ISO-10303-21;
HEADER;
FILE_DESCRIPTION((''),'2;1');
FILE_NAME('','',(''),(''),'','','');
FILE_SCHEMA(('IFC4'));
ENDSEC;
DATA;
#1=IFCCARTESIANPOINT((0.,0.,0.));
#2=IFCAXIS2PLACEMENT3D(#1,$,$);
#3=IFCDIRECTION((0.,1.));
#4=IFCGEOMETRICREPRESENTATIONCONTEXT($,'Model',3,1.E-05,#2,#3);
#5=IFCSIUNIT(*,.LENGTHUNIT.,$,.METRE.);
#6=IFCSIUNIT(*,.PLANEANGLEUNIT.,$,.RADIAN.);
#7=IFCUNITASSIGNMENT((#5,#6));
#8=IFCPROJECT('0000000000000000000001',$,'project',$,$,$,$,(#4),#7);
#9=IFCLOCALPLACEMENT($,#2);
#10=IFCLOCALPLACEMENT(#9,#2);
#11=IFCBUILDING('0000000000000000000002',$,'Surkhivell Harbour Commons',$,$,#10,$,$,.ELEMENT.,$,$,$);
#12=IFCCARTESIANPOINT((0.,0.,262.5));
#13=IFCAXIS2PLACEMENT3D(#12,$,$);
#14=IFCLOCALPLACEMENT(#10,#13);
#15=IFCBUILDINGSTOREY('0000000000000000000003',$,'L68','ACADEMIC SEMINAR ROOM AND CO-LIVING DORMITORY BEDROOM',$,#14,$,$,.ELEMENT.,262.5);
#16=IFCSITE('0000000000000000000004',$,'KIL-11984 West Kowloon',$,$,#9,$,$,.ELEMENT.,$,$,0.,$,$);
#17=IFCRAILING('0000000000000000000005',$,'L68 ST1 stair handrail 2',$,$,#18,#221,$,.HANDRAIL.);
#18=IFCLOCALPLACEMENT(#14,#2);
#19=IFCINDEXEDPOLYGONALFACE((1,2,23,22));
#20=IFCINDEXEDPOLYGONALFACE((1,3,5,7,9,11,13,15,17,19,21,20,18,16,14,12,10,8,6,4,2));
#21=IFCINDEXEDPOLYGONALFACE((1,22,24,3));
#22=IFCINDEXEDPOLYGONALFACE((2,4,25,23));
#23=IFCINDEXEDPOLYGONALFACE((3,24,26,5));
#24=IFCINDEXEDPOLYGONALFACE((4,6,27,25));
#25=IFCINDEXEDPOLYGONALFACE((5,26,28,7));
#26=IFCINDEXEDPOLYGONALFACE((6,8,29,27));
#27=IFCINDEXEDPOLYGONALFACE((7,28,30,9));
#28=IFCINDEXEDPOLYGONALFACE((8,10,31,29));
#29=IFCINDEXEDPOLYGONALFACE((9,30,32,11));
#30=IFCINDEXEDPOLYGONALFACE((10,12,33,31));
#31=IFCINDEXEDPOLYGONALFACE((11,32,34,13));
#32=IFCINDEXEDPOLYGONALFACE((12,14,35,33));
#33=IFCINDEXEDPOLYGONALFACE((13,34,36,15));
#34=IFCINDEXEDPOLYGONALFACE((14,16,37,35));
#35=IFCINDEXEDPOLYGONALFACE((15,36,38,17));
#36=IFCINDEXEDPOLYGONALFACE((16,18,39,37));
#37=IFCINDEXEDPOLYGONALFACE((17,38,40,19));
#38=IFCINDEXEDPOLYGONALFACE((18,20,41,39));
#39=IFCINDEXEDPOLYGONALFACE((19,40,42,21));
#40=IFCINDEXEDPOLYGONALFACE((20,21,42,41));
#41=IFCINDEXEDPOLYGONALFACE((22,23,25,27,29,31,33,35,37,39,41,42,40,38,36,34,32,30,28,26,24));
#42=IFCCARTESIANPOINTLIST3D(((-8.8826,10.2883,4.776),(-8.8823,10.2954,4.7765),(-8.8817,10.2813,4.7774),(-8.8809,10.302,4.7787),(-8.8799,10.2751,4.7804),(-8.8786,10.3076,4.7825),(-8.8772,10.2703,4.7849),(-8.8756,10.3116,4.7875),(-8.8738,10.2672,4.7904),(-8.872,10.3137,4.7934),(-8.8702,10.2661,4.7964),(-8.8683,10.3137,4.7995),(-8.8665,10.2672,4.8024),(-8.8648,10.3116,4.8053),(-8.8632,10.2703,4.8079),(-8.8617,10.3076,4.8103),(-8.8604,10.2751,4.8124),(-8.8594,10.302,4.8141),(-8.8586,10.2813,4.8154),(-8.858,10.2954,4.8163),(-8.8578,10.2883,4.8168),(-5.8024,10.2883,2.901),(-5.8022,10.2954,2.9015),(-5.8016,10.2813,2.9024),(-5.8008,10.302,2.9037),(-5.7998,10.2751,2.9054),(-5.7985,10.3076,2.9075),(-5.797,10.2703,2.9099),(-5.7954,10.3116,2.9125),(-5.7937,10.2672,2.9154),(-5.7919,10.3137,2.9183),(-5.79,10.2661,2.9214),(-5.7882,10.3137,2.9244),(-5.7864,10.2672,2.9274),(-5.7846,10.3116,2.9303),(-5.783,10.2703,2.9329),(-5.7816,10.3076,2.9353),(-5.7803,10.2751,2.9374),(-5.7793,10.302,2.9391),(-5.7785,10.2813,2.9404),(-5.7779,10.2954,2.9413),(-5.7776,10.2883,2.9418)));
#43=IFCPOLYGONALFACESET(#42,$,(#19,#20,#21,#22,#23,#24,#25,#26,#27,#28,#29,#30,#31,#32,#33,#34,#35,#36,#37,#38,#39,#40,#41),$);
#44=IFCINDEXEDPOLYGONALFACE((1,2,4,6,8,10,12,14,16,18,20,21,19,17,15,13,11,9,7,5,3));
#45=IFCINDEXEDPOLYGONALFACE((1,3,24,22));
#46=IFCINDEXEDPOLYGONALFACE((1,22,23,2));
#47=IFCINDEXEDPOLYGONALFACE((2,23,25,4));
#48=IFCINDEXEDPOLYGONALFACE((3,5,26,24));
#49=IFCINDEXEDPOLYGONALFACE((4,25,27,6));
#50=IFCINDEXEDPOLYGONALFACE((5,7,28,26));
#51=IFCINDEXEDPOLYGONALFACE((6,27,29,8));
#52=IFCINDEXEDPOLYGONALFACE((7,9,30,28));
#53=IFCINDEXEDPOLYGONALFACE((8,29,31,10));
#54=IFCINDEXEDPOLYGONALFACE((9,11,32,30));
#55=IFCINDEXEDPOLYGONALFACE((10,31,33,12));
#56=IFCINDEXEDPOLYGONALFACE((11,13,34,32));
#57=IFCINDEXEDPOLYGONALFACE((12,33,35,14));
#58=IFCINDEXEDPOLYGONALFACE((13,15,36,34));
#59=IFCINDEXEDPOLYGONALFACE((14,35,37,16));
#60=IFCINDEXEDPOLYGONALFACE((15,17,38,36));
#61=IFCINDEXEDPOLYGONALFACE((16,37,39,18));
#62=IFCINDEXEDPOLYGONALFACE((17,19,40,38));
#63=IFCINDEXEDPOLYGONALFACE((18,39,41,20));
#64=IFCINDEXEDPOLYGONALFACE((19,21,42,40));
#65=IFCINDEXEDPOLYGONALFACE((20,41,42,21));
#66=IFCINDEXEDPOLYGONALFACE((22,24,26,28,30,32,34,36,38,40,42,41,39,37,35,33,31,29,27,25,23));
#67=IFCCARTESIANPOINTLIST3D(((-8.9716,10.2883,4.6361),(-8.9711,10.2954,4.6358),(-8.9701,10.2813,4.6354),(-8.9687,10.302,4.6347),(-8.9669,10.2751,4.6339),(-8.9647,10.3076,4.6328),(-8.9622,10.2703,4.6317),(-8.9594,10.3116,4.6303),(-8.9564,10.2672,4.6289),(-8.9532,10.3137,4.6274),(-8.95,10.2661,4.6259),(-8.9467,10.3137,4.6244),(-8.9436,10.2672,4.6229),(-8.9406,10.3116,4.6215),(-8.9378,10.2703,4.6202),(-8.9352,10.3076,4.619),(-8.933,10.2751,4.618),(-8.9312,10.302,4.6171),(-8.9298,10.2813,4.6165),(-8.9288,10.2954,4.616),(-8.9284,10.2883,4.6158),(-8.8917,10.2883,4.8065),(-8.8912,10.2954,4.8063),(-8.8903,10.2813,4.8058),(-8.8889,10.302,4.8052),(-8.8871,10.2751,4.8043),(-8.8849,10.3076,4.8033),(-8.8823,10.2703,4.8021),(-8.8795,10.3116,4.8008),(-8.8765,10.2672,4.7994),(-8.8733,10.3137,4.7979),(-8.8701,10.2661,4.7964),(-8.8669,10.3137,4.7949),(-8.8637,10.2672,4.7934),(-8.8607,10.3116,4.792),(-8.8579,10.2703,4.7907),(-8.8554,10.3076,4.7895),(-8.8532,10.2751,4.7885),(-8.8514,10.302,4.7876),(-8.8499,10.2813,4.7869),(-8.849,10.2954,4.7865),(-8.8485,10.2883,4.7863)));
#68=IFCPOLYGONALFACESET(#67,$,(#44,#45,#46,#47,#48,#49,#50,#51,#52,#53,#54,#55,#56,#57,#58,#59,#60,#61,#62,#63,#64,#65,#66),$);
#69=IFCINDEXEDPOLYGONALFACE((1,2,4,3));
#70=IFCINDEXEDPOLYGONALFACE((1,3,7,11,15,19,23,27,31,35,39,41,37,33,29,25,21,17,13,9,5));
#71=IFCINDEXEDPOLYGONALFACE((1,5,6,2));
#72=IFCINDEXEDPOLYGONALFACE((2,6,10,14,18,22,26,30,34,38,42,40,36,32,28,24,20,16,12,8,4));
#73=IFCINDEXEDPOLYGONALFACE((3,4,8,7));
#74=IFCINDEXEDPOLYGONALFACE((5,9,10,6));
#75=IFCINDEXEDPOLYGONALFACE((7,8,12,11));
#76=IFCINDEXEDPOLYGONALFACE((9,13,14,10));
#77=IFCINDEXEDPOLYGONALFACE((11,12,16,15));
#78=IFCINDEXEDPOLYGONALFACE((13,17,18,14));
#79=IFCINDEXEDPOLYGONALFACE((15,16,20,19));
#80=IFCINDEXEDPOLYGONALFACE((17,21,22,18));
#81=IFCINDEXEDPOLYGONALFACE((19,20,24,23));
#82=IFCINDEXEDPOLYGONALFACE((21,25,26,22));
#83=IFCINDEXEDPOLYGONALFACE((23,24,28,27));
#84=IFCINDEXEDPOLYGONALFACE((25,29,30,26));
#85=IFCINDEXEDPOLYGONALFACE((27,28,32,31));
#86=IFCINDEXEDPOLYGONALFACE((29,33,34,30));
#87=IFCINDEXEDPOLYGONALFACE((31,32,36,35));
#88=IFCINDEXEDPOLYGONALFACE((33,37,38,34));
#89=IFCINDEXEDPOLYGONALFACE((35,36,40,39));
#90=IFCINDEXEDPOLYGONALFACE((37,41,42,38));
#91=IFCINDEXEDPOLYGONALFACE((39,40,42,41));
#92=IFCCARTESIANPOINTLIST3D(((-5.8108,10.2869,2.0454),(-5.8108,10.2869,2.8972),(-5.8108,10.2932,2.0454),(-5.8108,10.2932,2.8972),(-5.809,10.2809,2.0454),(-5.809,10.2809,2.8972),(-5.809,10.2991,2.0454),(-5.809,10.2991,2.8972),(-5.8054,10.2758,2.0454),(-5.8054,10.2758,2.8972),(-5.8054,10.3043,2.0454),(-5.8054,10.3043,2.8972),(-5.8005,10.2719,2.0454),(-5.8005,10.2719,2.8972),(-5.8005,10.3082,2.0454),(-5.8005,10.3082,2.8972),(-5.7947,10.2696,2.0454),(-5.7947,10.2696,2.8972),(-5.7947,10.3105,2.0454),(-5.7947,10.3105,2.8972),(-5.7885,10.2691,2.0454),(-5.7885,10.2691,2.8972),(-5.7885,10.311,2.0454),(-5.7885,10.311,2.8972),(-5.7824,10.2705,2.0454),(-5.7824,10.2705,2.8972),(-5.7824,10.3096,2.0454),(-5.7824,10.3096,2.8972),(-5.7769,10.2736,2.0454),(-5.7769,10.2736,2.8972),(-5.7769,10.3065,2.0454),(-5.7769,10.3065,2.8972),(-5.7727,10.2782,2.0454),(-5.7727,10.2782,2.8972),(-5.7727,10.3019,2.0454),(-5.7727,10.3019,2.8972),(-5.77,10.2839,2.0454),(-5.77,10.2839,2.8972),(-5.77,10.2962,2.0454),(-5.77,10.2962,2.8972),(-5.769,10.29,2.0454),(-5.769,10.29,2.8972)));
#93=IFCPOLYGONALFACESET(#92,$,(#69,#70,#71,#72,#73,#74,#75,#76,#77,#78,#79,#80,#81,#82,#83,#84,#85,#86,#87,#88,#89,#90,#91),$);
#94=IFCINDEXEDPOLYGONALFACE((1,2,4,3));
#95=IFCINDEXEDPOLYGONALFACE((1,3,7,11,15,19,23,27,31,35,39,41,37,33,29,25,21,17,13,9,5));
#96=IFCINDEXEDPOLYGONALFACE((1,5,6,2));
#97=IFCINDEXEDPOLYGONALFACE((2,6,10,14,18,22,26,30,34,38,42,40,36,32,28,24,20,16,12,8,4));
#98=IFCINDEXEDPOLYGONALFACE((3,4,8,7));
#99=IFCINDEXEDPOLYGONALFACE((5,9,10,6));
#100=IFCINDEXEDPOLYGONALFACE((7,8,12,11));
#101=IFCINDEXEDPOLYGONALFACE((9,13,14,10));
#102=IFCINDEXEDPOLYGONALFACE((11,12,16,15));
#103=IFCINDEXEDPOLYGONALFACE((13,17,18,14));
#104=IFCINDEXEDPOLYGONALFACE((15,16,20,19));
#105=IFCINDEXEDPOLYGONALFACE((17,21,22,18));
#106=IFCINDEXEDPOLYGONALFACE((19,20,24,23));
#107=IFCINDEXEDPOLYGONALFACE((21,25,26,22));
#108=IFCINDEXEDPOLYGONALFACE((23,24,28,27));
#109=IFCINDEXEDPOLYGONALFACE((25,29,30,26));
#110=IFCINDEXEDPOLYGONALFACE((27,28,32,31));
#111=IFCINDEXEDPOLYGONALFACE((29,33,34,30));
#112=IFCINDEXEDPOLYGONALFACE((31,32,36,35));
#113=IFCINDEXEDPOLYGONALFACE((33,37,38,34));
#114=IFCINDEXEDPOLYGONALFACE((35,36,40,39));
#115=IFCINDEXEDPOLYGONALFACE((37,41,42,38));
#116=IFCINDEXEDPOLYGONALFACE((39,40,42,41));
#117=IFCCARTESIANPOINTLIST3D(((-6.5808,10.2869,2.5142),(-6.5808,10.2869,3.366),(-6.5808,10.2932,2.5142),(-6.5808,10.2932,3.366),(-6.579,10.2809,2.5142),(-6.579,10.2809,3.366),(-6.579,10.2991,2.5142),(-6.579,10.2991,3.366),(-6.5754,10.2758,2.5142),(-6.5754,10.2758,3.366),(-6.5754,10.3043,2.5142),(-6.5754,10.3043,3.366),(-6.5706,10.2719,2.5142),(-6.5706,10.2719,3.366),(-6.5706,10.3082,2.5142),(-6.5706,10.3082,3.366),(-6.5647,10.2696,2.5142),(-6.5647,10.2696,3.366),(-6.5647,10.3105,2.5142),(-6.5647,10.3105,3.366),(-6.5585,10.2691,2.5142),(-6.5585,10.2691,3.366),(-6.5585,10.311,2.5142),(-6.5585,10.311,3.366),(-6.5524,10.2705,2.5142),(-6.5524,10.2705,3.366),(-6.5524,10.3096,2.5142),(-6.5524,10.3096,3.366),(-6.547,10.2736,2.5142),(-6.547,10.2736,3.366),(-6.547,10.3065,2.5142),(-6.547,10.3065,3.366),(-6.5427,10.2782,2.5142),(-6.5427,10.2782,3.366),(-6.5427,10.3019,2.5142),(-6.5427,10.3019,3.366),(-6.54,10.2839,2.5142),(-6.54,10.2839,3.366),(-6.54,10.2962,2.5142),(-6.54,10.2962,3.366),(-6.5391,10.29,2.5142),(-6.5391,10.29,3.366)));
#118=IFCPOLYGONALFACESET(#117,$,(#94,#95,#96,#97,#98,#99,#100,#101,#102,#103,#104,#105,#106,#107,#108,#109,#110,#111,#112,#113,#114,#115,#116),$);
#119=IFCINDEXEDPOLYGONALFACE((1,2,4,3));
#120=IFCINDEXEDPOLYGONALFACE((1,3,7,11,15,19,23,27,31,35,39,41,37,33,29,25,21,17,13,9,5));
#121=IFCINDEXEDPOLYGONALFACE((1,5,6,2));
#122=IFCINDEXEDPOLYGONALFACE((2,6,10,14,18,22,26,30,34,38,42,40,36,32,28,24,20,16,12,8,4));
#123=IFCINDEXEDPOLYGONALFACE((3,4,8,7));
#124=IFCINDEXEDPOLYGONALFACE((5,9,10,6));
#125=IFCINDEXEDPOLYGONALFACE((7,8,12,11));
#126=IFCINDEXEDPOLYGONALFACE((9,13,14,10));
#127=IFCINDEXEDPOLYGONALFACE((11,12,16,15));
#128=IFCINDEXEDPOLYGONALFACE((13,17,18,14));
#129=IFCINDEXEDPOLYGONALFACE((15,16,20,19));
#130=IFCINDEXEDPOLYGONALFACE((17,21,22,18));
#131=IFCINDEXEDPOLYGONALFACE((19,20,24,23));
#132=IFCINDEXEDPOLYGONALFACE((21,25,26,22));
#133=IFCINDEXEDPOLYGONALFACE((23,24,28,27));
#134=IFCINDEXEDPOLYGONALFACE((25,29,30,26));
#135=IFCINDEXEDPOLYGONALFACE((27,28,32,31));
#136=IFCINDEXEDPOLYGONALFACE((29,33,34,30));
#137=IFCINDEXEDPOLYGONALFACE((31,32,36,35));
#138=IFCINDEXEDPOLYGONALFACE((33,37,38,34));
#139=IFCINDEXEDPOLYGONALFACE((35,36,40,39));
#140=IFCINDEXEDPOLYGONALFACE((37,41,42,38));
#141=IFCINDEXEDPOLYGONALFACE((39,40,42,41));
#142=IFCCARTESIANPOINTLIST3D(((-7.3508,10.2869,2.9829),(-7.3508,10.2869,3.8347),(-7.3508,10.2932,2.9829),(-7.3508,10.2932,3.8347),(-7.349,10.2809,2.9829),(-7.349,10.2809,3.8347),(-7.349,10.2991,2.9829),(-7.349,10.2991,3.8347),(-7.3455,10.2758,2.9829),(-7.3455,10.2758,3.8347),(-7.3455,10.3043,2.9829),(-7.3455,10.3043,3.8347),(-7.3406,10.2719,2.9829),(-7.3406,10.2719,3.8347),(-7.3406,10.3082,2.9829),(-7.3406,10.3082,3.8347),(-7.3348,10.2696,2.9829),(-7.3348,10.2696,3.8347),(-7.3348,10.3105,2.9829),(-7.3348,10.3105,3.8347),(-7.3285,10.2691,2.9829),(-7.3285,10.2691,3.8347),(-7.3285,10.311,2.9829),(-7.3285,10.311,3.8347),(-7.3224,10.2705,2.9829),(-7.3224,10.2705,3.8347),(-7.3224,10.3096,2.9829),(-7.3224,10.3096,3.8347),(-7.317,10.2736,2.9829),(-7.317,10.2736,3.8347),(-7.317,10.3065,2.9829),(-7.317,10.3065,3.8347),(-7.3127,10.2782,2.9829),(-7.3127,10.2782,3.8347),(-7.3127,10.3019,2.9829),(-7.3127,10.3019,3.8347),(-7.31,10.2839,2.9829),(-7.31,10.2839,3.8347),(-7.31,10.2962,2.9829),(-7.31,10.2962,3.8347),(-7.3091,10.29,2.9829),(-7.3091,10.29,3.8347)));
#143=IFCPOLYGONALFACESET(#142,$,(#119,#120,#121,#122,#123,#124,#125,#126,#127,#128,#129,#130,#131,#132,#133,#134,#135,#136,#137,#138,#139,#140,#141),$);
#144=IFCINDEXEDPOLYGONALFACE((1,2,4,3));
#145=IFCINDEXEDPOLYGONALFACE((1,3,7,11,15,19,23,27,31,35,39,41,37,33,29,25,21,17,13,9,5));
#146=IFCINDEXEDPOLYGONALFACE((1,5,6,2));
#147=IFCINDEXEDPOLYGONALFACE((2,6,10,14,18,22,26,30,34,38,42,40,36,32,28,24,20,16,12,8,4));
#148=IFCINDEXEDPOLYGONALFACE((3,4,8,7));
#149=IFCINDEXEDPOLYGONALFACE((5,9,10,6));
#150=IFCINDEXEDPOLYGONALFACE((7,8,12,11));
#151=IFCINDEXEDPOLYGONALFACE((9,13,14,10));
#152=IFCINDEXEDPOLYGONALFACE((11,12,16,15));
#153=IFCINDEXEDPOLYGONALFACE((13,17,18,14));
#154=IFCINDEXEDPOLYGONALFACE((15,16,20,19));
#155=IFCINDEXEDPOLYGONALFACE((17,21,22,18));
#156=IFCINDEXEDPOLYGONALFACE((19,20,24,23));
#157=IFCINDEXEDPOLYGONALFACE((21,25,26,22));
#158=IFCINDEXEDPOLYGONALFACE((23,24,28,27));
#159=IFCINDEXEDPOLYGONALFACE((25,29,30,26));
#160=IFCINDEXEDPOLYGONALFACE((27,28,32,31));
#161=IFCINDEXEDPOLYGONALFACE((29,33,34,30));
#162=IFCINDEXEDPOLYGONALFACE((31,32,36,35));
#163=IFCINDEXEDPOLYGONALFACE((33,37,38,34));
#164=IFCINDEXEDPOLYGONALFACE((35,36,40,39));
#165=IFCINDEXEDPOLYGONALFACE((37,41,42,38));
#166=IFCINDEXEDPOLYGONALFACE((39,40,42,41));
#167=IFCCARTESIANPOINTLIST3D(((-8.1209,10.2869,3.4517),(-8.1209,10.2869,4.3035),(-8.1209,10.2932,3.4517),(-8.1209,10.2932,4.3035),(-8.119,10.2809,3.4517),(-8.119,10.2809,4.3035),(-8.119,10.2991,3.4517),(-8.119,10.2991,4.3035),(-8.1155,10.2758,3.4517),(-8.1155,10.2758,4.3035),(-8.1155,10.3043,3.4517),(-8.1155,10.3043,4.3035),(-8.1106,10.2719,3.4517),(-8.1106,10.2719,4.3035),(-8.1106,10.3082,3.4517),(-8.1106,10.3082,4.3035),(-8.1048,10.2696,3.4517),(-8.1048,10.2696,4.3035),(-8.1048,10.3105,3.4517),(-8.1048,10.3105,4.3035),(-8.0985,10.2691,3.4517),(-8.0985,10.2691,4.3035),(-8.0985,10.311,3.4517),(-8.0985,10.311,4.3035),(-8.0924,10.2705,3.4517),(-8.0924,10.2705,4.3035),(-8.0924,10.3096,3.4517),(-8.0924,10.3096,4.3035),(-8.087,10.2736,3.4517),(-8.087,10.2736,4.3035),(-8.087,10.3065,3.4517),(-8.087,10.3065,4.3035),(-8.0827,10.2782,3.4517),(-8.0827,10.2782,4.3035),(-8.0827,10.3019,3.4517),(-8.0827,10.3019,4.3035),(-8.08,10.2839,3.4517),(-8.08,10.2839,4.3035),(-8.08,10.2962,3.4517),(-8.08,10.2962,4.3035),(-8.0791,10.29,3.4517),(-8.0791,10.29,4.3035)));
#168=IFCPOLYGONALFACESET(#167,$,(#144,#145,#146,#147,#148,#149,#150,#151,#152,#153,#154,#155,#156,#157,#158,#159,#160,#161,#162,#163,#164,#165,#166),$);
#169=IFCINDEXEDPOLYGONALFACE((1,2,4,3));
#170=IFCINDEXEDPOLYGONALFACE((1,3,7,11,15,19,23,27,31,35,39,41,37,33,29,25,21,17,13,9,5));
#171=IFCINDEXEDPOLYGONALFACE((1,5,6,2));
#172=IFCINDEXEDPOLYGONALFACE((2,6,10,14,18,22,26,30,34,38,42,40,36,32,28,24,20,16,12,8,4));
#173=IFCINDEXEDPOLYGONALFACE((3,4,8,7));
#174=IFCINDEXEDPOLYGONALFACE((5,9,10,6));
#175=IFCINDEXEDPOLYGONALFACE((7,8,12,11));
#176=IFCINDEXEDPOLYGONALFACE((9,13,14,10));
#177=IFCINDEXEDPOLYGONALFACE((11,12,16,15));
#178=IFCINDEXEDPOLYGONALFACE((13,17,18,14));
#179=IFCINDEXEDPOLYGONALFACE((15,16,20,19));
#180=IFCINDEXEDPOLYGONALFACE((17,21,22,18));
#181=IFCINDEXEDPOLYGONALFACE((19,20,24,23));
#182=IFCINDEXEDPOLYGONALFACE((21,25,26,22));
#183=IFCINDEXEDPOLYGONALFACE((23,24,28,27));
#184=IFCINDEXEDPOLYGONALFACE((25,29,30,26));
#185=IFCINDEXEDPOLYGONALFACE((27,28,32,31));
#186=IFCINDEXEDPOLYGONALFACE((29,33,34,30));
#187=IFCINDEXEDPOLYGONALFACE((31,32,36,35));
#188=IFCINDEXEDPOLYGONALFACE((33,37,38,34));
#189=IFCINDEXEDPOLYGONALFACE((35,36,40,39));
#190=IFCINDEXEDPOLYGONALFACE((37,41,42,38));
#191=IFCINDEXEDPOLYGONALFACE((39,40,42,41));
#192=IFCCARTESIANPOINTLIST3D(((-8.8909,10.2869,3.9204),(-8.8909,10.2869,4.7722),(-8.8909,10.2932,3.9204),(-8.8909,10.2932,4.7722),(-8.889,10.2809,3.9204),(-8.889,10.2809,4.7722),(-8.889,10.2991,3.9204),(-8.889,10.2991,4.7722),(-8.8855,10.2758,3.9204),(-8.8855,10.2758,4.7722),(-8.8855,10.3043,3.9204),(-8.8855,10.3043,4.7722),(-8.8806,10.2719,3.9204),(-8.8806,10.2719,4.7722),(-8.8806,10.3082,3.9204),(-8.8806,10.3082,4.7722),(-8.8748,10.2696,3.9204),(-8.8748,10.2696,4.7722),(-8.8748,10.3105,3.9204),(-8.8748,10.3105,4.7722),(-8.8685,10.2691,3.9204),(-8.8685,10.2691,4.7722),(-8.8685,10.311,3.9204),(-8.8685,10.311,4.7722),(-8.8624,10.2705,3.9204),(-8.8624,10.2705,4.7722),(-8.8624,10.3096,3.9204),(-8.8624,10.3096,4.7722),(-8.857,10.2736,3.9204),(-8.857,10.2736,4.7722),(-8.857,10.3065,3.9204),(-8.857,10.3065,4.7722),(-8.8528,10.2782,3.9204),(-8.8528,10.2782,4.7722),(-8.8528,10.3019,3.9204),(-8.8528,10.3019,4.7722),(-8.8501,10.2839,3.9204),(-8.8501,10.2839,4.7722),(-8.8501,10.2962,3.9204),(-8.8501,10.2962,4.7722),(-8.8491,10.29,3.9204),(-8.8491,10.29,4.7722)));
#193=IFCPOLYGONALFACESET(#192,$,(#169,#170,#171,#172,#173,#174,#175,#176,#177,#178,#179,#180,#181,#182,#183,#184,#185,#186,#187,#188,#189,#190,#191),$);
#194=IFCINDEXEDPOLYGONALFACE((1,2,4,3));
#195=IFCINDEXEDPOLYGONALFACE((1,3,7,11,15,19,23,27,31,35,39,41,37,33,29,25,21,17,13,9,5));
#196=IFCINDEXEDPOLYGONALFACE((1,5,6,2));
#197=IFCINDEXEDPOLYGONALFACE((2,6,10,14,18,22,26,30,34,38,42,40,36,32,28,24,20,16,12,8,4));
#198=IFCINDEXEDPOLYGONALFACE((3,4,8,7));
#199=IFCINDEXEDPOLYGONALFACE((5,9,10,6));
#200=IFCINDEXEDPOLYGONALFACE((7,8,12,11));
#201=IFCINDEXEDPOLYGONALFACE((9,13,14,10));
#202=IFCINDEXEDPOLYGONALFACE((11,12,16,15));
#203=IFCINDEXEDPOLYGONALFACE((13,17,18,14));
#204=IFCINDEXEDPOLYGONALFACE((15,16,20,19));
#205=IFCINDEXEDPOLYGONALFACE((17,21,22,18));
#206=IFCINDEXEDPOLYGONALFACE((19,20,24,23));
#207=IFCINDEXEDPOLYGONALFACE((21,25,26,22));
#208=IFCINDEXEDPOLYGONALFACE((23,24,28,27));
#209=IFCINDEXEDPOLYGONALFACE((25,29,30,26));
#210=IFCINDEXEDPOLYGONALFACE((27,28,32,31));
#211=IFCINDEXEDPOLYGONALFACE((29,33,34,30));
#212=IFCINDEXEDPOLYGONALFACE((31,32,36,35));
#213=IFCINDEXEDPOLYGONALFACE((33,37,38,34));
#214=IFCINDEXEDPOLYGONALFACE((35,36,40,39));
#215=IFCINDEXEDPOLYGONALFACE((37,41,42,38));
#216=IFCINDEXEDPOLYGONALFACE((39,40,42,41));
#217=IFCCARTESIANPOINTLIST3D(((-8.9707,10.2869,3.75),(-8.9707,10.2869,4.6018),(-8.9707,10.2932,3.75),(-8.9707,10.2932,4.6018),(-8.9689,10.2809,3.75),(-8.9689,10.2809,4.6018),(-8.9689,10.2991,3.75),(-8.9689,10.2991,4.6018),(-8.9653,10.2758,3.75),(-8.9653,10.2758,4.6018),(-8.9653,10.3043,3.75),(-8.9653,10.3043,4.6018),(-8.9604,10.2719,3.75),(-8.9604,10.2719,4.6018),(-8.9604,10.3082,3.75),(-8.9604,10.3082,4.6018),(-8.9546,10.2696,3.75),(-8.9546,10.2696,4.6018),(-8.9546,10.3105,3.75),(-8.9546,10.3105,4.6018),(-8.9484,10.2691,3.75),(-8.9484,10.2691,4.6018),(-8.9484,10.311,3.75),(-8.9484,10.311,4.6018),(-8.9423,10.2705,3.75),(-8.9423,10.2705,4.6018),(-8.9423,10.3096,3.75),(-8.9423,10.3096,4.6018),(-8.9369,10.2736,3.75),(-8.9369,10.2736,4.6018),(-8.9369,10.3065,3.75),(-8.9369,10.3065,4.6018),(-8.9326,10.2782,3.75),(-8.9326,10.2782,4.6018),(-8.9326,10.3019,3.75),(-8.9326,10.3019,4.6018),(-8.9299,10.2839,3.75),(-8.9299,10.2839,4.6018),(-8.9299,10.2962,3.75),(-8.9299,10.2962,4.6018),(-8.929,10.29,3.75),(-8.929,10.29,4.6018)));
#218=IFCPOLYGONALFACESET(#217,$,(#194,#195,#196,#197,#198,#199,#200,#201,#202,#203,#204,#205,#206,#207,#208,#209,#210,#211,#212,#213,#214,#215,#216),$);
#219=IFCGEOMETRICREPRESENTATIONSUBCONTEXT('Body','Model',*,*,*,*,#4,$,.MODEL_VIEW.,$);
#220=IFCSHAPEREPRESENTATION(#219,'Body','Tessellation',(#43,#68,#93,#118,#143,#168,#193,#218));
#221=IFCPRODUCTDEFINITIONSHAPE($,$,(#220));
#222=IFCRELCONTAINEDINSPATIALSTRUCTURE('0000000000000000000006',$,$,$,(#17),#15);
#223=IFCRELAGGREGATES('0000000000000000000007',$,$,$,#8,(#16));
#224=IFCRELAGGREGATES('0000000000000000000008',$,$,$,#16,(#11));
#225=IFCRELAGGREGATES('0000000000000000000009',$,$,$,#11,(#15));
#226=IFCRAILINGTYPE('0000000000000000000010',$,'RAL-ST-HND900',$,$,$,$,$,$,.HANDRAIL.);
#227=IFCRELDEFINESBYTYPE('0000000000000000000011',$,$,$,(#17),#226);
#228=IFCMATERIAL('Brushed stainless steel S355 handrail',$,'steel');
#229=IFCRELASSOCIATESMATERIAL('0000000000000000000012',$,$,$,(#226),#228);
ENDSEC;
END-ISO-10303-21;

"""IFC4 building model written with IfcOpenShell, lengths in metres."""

from ifc_helpers import new_model, si_unit, direction, frame, origin, origin_2d, place, context, subcontext, project, spatial, circle, extrude, material, type_object, element, save


model = new_model("IFC4")

# Units and contexts
model_context = context("Model", 3, precision=1e-05, world=origin(), true_north=direction((0.0, 1.0)))
body_context = subcontext(model_context, "Body", "Model", "MODEL_VIEW")
ifc_project = project(units=[si_unit("LENGTHUNIT", "METRE"), si_unit("PLANEANGLEUNIT", "RADIAN")], contexts=[model_context])

# Site, building, storey
site_placement = place(None, origin())
site = spatial("IfcSite", under=ifc_project, at=site_placement, Name="KIL-11984 West Kowloon", CompositionType="ELEMENT", RefElevation=0.0)
building_placement = place(site_placement, origin())
building = spatial("IfcBuilding", under=site, at=building_placement, Name="Surkhivell Harbour Commons", CompositionType="ELEMENT")
storey_placement = place(building_placement, frame((0.0, 0.0, 262.5)))
storey = spatial("IfcBuildingStorey", under=building, at=storey_placement, Name="L68", Description="ACADEMIC SEMINAR ROOM AND CO-LIVING DORMITORY BEDROOM", CompositionType="ELEMENT", Elevation=262.5)

# Railing
ifc_material_1 = material(Name="Brushed stainless steel S355 handrail", Category="steel")
railing_type_1 = type_object("IfcRailingType", Name="RAL-ST-HND900", PredefinedType="HANDRAIL", material=ifc_material_1)
railing_1_placement = place(storey_placement, frame((-5.79, 10.29, 2.0454)))
element("IfcRailing", 1, at=railing_1_placement, inside=storey, type_object=railing_type_1, Name="L68 ST1 stair handrail 2", PredefinedType="HANDRAIL", context=body_context, shape_type="SweptSolid", body=[
    extrude(circle(Radius=0.0239, at=origin_2d()), frame((0.0, 0.0, 0.876), z_axis=(-0.854178, 0.0, 0.519981), x_axis=(0.0, -1.0, 0.0)), (0.0, 0.0, 1.0), 3.606),
    extrude(circle(Radius=0.0239, at=origin_2d()), frame((-3.0801, 0.0, 2.751), z_axis=(-0.424234, 0.0, -0.905552), x_axis=(0.0, -1.0, 0.0)), (0.0, 0.0, 1.0), 0.1882),
    extrude(circle(Radius=0.021, at=origin_2d()), origin(), (0.0, 0.0, 1.0), 0.8518),
    extrude(circle(Radius=0.021, at=origin_2d()), frame((-0.77, 0.0, 0.4688)), (0.0, 0.0, 1.0), 0.8518),
    extrude(circle(Radius=0.021, at=origin_2d()), frame((-1.54, 0.0, 0.9375)), (0.0, 0.0, 1.0), 0.8518),
    extrude(circle(Radius=0.021, at=origin_2d()), frame((-2.3101, 0.0, 1.4062)), (0.0, 0.0, 1.0), 0.8518),
    extrude(circle(Radius=0.021, at=origin_2d()), frame((-3.0801, 0.0, 1.875)), (0.0, 0.0, 1.0), 0.8518),
    extrude(circle(Radius=0.021, at=origin_2d()), frame((-3.1599, 0.0, 1.7046)), (0.0, 0.0, 1.0), 0.8518),
])

save(model, "model.ifc")
